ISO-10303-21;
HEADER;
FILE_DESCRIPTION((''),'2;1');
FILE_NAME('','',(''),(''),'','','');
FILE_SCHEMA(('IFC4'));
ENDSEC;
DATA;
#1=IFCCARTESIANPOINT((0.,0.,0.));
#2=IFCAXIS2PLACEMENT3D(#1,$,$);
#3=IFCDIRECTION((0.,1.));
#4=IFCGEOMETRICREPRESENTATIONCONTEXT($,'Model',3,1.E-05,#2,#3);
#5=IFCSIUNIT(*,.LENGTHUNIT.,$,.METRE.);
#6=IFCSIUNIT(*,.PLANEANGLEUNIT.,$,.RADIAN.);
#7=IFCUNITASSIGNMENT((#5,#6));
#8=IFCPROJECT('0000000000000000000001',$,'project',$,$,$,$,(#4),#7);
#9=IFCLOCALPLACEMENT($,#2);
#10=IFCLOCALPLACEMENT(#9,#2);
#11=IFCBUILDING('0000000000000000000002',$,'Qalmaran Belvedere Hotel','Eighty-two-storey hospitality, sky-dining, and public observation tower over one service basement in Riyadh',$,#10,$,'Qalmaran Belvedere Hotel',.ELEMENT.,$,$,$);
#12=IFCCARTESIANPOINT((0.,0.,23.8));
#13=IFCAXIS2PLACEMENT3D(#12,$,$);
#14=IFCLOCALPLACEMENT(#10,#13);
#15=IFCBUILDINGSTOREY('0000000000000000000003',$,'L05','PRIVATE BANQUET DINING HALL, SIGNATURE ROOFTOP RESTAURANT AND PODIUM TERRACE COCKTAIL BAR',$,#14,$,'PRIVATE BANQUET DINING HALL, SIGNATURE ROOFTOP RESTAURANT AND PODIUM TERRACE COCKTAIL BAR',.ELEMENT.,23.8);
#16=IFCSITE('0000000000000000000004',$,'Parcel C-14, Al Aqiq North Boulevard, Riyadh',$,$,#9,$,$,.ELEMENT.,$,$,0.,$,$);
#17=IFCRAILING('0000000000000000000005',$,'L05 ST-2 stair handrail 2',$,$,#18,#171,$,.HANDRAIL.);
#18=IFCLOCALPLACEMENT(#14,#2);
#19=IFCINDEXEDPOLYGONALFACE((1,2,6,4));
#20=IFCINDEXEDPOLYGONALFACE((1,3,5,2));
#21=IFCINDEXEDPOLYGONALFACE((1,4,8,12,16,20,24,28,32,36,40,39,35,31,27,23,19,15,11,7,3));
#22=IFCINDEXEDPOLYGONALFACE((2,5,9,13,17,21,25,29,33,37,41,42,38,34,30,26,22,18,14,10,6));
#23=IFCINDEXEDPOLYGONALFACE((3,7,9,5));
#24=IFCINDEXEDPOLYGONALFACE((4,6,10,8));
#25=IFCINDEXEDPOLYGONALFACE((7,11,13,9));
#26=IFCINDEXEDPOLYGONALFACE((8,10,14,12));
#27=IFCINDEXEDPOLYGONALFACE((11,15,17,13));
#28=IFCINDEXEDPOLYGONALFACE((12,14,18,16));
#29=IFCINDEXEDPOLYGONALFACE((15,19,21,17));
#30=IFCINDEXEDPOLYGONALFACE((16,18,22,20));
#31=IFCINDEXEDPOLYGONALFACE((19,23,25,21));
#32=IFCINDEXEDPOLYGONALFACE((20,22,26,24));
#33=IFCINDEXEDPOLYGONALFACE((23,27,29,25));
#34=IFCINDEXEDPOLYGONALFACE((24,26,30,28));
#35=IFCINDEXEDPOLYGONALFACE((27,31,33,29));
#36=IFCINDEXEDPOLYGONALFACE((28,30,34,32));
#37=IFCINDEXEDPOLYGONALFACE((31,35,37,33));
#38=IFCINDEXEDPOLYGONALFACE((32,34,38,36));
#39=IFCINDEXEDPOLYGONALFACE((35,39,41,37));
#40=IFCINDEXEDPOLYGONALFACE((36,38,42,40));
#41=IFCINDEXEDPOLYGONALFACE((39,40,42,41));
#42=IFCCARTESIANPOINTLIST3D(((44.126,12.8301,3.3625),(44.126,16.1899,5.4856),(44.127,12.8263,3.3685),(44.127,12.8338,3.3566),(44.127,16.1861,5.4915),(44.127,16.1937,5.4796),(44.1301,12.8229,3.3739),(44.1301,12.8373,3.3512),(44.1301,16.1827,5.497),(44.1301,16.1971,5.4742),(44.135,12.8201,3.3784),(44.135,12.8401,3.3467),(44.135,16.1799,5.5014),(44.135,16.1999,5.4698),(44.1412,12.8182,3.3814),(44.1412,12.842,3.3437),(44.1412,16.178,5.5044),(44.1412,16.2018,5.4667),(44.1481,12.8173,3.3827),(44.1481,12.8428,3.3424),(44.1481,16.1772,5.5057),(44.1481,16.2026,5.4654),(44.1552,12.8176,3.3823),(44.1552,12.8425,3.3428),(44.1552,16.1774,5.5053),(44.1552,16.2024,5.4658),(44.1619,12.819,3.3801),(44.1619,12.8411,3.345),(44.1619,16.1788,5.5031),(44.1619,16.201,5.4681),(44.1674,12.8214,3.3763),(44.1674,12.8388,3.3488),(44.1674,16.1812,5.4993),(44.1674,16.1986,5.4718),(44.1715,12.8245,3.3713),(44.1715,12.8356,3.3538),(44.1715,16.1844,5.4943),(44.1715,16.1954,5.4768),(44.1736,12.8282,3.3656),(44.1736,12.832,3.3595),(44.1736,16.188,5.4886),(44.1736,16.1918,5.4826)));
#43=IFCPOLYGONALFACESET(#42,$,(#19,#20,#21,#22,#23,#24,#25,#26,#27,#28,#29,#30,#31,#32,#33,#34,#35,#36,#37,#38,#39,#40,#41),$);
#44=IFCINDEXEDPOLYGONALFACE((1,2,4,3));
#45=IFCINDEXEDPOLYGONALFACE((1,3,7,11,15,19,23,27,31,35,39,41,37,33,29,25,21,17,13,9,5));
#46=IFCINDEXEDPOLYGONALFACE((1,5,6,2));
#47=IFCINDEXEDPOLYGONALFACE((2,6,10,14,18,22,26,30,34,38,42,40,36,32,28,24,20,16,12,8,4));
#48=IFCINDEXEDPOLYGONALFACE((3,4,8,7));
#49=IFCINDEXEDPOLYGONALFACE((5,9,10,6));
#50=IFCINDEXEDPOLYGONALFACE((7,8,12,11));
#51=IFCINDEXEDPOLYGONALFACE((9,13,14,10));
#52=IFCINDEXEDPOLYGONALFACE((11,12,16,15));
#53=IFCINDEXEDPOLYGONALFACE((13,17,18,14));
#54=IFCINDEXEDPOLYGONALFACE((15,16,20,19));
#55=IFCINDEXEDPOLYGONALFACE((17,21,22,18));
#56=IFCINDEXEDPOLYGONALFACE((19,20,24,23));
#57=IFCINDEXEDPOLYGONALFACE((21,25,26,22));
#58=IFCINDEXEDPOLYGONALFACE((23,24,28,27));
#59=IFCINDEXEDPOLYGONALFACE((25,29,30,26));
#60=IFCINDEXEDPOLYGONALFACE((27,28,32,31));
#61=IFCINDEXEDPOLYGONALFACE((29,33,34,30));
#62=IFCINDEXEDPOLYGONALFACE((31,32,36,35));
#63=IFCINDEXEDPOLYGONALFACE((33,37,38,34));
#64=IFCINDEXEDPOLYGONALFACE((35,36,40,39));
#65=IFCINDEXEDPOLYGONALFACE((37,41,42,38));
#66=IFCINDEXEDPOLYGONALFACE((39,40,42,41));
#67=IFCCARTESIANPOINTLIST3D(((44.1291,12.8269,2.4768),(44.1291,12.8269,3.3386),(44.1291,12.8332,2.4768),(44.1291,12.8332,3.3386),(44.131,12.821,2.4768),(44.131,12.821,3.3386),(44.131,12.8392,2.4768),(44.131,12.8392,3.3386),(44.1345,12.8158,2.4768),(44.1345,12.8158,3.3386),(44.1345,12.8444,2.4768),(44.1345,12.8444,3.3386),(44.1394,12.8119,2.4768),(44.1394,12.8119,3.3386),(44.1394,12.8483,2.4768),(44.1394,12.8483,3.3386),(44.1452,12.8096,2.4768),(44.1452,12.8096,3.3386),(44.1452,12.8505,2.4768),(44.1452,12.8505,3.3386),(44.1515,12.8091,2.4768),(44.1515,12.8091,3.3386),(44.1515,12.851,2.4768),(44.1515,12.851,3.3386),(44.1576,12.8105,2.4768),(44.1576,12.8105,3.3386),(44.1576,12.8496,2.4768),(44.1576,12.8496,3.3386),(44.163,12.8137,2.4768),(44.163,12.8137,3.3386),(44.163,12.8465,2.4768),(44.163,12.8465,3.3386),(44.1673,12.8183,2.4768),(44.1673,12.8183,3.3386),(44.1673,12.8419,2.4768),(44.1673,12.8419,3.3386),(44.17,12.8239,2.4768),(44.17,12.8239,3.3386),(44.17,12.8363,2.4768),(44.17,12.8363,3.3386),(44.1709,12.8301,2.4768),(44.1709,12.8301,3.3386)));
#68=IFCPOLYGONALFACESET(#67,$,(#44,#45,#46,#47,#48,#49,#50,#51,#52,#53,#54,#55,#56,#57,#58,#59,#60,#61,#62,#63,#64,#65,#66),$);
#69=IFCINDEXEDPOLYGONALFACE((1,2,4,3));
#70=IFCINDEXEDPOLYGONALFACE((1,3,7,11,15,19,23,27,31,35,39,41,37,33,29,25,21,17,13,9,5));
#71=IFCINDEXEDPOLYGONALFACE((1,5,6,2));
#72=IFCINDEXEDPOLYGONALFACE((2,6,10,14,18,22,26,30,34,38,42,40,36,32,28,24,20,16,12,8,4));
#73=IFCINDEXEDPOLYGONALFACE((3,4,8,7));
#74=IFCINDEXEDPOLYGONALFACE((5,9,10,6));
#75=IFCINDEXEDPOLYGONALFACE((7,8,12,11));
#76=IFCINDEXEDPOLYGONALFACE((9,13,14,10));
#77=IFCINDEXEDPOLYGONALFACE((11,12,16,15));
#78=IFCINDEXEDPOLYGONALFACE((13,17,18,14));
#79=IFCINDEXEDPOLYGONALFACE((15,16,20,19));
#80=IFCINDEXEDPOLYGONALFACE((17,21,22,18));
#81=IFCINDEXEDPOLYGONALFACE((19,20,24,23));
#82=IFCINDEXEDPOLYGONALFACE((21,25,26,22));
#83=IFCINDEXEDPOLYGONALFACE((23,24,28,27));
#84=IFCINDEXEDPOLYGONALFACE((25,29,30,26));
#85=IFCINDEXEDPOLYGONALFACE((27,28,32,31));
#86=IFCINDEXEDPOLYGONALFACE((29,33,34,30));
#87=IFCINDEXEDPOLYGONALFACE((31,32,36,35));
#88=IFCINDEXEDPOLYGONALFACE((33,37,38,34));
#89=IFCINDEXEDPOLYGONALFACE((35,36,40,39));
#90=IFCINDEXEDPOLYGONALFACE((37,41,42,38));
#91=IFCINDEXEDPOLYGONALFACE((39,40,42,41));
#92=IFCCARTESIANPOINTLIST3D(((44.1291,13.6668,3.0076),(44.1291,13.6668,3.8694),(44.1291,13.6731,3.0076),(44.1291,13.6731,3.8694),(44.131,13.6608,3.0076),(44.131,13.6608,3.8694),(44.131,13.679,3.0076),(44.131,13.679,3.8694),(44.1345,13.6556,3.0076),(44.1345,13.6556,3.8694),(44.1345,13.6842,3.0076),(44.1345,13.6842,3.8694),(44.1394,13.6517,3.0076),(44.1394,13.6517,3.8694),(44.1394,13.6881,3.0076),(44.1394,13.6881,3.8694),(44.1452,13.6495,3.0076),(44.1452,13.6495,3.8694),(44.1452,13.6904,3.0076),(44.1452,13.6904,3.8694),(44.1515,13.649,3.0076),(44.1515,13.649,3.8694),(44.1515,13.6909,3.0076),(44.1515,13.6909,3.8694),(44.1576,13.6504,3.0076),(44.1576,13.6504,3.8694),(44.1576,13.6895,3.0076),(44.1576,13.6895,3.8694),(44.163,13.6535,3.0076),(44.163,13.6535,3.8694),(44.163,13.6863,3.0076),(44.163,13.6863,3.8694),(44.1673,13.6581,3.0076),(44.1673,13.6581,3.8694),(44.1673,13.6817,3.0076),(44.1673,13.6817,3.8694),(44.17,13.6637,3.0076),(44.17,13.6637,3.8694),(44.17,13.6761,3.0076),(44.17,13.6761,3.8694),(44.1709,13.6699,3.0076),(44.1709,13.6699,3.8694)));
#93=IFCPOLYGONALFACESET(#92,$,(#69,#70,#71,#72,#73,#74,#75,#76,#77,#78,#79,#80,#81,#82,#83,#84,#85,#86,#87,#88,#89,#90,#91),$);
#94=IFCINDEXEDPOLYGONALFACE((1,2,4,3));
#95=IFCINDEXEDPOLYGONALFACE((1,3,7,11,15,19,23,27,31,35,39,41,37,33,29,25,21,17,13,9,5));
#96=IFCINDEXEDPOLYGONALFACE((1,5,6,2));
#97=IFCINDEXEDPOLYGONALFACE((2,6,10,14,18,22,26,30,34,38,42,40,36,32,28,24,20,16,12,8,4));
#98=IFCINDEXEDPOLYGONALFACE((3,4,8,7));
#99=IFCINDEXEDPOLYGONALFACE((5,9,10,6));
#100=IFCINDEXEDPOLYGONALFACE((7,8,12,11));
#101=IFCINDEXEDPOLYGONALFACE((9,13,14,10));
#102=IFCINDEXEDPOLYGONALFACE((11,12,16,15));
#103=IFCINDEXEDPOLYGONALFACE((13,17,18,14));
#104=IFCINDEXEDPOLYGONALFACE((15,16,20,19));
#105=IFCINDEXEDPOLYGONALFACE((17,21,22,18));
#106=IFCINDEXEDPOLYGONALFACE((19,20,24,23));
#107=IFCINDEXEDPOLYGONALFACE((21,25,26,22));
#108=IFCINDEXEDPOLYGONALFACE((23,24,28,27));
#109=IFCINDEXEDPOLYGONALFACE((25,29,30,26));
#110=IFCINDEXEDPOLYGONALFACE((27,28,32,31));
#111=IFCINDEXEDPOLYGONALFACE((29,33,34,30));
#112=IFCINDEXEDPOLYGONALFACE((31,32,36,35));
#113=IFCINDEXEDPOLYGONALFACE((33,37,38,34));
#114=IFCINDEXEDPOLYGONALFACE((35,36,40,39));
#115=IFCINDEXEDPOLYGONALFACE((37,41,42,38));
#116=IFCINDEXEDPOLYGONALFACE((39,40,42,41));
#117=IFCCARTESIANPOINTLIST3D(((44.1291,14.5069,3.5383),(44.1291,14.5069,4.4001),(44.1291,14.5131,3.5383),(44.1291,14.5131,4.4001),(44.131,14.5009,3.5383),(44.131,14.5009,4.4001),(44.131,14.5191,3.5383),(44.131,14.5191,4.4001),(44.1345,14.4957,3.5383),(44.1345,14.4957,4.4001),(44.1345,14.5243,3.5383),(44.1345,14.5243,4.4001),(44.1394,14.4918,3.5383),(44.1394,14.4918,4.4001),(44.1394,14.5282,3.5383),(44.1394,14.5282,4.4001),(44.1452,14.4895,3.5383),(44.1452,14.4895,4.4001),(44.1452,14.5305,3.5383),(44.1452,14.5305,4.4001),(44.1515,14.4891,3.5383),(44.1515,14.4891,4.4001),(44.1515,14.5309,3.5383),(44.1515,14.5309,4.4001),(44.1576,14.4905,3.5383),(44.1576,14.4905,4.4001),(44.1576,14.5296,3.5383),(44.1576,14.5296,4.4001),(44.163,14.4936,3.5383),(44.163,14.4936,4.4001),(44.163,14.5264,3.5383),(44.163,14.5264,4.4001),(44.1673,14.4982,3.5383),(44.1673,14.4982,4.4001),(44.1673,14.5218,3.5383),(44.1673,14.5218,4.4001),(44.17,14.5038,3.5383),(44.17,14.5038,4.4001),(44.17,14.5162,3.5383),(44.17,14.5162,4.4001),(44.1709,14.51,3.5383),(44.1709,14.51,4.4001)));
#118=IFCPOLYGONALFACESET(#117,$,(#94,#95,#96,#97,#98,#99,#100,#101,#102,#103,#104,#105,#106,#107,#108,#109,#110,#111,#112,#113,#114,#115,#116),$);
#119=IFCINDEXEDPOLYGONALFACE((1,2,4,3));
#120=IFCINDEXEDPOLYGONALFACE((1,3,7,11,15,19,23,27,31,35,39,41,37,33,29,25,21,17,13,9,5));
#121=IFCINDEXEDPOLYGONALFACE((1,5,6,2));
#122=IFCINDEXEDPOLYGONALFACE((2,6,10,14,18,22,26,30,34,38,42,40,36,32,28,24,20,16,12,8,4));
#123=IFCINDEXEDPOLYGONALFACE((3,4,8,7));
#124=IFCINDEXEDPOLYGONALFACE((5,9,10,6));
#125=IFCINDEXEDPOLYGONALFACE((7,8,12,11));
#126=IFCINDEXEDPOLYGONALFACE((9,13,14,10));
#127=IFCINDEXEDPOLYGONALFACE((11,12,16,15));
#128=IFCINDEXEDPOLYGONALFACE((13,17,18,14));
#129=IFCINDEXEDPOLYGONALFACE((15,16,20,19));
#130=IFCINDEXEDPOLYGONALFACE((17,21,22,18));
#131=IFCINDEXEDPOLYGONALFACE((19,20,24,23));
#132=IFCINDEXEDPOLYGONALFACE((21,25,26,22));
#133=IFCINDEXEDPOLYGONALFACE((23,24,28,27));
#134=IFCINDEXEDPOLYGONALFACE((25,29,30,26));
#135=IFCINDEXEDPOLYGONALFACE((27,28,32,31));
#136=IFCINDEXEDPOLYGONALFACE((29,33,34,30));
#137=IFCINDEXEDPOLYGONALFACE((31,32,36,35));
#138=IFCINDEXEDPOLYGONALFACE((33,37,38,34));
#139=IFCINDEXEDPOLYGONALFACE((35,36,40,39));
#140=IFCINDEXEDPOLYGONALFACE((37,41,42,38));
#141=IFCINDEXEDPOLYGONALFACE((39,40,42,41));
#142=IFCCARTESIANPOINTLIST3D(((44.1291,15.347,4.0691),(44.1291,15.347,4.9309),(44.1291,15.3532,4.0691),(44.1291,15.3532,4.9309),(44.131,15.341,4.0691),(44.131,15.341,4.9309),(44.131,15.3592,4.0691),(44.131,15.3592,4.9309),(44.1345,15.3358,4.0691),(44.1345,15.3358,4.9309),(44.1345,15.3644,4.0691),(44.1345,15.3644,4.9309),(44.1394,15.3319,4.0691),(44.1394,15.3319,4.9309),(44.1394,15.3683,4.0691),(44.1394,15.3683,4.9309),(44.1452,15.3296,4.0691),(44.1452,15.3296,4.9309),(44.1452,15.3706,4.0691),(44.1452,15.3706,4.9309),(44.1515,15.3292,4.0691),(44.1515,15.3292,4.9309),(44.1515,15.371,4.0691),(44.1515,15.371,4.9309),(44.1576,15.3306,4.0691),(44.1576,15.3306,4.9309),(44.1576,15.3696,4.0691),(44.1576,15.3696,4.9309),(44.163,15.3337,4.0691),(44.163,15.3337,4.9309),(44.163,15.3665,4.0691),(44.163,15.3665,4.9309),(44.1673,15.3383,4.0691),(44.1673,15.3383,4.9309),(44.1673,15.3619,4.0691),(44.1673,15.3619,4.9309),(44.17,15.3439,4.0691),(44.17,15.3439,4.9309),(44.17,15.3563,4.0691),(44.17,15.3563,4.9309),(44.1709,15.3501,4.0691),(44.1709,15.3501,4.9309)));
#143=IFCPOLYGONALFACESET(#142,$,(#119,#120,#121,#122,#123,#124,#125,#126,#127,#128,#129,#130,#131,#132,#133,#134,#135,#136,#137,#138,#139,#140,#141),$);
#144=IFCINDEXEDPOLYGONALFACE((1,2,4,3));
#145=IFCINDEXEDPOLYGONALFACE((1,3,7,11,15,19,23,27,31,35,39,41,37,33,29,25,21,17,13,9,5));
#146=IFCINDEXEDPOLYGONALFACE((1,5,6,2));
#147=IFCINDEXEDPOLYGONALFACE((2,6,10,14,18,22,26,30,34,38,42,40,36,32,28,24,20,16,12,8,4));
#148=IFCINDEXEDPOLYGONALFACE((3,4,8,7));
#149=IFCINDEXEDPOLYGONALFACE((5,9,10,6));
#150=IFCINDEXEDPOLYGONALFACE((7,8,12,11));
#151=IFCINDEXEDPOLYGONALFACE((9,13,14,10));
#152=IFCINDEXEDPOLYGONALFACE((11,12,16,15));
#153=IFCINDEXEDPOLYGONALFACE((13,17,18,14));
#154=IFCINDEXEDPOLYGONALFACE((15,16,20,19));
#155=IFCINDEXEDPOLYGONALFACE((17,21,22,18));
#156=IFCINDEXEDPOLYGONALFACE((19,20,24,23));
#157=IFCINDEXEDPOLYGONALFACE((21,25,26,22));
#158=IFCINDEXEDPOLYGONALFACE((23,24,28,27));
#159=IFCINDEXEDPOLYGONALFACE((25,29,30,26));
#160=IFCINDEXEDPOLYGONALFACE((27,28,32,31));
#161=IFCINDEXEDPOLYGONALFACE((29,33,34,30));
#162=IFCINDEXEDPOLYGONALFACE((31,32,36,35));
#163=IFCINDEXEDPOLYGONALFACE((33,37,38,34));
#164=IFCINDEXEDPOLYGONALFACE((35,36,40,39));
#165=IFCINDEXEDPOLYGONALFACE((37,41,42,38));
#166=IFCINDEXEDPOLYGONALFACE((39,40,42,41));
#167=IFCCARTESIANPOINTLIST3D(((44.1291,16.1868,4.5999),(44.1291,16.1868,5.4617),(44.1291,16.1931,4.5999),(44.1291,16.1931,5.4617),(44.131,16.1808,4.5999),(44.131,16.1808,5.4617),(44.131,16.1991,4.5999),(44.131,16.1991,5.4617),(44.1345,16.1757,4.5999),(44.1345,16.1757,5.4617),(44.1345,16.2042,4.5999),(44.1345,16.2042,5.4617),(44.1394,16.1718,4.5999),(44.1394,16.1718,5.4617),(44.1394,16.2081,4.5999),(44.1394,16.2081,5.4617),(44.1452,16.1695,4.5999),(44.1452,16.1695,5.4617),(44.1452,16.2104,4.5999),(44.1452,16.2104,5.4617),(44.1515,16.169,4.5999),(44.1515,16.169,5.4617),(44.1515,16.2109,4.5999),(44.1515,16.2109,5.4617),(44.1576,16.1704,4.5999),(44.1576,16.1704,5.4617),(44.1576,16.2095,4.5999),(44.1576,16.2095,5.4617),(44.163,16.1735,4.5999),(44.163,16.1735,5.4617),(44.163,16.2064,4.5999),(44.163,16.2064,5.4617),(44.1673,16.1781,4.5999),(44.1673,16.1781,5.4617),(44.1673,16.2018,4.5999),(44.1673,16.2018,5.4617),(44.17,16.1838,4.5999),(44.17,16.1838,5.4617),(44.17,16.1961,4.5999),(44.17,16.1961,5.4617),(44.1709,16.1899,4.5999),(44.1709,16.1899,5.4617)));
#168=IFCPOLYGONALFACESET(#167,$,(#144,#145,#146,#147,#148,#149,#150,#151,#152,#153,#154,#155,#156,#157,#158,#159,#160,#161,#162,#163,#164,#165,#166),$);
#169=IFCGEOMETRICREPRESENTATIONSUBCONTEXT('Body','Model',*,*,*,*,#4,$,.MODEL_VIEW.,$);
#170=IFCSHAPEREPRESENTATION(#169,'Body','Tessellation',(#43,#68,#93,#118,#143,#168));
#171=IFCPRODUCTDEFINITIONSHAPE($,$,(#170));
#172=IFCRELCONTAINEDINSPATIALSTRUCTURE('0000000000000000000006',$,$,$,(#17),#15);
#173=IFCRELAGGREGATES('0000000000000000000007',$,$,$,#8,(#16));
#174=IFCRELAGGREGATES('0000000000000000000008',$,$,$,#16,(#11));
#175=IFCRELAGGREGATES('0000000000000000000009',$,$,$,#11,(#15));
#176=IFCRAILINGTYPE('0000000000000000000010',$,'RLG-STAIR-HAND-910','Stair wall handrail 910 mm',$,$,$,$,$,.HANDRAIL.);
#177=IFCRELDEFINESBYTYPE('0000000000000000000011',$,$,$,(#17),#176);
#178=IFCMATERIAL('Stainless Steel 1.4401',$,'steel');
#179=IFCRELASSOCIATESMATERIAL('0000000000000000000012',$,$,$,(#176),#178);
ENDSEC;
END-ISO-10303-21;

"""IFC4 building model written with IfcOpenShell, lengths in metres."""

from ifc_helpers import new_model, si_unit, direction, frame, origin, origin_2d, place, context, subcontext, project, spatial, circle, extrude, material, type_object, element, save


model = new_model("IFC4")

# Units and contexts
model_context = context("Model", 3, precision=1e-05, world=origin(), true_north=direction((0.0, 1.0)))
body_context = subcontext(model_context, "Body", "Model", "MODEL_VIEW")
ifc_project = project(units=[si_unit("LENGTHUNIT", "METRE"), si_unit("PLANEANGLEUNIT", "RADIAN")], contexts=[model_context])

# Site, building, storey
site_placement = place(None, origin())
site = spatial("IfcSite", under=ifc_project, at=site_placement, Name="Parcel C-14, Al Aqiq North Boulevard, Riyadh", CompositionType="ELEMENT", RefElevation=0.0)
building_placement = place(site_placement, origin())
building = spatial("IfcBuilding", under=site, at=building_placement, Name="Qalmaran Belvedere Hotel", Description="Eighty-two-storey hospitality, sky-dining, and public observation tower over one service basement in Riyadh", LongName="Qalmaran Belvedere Hotel", CompositionType="ELEMENT")
storey_placement = place(building_placement, frame((0.0, 0.0, 23.8)))
storey = spatial("IfcBuildingStorey", under=building, at=storey_placement, Name="L05", Description="PRIVATE BANQUET DINING HALL, SIGNATURE ROOFTOP RESTAURANT AND PODIUM TERRACE COCKTAIL BAR", LongName="PRIVATE BANQUET DINING HALL, SIGNATURE ROOFTOP RESTAURANT AND PODIUM TERRACE COCKTAIL BAR", CompositionType="ELEMENT", Elevation=23.8)

# Railing
ifc_material_1 = material(Name="Stainless Steel 1.4401", Category="steel")
railing_type_1 = type_object("IfcRailingType", Name="RLG-STAIR-HAND-910", Description="Stair wall handrail 910 mm", PredefinedType="HANDRAIL", material=ifc_material_1)
railing_1_placement = place(storey_placement, frame((44.1499, 12.8301, 2.4768)))
element("IfcRailing", 1, at=railing_1_placement, inside=storey, type_object=railing_type_1, Name="L05 ST-2 stair handrail 2", PredefinedType="HANDRAIL", context=body_context, shape_type="SweptSolid", body=[
    extrude(circle(Radius=0.0239, at=origin_2d()), frame((0.0, 0.0, 0.8857), z_axis=(0.0, 0.845372, 0.534178), x_axis=(-1.0, 0.0, 0.0)), (0.0, 0.0, 1.0), 3.9744),
    extrude(circle(Radius=0.021, at=origin_2d()), origin(), (0.0, 0.0, 1.0), 0.8618),
    extrude(circle(Radius=0.021, at=origin_2d()), frame((0.0, 0.8398, 0.5308)), (0.0, 0.0, 1.0), 0.8618),
    extrude(circle(Radius=0.021, at=origin_2d()), frame((0.0, 1.6799, 1.0615)), (0.0, 0.0, 1.0), 0.8618),
    extrude(circle(Radius=0.021, at=origin_2d()), frame((0.0, 2.52, 1.5923)), (0.0, 0.0, 1.0), 0.8618),
    extrude(circle(Radius=0.021, at=origin_2d()), frame((0.0, 3.3599, 2.123)), (0.0, 0.0, 1.0), 0.8618),
])

save(model, "model.ifc")
